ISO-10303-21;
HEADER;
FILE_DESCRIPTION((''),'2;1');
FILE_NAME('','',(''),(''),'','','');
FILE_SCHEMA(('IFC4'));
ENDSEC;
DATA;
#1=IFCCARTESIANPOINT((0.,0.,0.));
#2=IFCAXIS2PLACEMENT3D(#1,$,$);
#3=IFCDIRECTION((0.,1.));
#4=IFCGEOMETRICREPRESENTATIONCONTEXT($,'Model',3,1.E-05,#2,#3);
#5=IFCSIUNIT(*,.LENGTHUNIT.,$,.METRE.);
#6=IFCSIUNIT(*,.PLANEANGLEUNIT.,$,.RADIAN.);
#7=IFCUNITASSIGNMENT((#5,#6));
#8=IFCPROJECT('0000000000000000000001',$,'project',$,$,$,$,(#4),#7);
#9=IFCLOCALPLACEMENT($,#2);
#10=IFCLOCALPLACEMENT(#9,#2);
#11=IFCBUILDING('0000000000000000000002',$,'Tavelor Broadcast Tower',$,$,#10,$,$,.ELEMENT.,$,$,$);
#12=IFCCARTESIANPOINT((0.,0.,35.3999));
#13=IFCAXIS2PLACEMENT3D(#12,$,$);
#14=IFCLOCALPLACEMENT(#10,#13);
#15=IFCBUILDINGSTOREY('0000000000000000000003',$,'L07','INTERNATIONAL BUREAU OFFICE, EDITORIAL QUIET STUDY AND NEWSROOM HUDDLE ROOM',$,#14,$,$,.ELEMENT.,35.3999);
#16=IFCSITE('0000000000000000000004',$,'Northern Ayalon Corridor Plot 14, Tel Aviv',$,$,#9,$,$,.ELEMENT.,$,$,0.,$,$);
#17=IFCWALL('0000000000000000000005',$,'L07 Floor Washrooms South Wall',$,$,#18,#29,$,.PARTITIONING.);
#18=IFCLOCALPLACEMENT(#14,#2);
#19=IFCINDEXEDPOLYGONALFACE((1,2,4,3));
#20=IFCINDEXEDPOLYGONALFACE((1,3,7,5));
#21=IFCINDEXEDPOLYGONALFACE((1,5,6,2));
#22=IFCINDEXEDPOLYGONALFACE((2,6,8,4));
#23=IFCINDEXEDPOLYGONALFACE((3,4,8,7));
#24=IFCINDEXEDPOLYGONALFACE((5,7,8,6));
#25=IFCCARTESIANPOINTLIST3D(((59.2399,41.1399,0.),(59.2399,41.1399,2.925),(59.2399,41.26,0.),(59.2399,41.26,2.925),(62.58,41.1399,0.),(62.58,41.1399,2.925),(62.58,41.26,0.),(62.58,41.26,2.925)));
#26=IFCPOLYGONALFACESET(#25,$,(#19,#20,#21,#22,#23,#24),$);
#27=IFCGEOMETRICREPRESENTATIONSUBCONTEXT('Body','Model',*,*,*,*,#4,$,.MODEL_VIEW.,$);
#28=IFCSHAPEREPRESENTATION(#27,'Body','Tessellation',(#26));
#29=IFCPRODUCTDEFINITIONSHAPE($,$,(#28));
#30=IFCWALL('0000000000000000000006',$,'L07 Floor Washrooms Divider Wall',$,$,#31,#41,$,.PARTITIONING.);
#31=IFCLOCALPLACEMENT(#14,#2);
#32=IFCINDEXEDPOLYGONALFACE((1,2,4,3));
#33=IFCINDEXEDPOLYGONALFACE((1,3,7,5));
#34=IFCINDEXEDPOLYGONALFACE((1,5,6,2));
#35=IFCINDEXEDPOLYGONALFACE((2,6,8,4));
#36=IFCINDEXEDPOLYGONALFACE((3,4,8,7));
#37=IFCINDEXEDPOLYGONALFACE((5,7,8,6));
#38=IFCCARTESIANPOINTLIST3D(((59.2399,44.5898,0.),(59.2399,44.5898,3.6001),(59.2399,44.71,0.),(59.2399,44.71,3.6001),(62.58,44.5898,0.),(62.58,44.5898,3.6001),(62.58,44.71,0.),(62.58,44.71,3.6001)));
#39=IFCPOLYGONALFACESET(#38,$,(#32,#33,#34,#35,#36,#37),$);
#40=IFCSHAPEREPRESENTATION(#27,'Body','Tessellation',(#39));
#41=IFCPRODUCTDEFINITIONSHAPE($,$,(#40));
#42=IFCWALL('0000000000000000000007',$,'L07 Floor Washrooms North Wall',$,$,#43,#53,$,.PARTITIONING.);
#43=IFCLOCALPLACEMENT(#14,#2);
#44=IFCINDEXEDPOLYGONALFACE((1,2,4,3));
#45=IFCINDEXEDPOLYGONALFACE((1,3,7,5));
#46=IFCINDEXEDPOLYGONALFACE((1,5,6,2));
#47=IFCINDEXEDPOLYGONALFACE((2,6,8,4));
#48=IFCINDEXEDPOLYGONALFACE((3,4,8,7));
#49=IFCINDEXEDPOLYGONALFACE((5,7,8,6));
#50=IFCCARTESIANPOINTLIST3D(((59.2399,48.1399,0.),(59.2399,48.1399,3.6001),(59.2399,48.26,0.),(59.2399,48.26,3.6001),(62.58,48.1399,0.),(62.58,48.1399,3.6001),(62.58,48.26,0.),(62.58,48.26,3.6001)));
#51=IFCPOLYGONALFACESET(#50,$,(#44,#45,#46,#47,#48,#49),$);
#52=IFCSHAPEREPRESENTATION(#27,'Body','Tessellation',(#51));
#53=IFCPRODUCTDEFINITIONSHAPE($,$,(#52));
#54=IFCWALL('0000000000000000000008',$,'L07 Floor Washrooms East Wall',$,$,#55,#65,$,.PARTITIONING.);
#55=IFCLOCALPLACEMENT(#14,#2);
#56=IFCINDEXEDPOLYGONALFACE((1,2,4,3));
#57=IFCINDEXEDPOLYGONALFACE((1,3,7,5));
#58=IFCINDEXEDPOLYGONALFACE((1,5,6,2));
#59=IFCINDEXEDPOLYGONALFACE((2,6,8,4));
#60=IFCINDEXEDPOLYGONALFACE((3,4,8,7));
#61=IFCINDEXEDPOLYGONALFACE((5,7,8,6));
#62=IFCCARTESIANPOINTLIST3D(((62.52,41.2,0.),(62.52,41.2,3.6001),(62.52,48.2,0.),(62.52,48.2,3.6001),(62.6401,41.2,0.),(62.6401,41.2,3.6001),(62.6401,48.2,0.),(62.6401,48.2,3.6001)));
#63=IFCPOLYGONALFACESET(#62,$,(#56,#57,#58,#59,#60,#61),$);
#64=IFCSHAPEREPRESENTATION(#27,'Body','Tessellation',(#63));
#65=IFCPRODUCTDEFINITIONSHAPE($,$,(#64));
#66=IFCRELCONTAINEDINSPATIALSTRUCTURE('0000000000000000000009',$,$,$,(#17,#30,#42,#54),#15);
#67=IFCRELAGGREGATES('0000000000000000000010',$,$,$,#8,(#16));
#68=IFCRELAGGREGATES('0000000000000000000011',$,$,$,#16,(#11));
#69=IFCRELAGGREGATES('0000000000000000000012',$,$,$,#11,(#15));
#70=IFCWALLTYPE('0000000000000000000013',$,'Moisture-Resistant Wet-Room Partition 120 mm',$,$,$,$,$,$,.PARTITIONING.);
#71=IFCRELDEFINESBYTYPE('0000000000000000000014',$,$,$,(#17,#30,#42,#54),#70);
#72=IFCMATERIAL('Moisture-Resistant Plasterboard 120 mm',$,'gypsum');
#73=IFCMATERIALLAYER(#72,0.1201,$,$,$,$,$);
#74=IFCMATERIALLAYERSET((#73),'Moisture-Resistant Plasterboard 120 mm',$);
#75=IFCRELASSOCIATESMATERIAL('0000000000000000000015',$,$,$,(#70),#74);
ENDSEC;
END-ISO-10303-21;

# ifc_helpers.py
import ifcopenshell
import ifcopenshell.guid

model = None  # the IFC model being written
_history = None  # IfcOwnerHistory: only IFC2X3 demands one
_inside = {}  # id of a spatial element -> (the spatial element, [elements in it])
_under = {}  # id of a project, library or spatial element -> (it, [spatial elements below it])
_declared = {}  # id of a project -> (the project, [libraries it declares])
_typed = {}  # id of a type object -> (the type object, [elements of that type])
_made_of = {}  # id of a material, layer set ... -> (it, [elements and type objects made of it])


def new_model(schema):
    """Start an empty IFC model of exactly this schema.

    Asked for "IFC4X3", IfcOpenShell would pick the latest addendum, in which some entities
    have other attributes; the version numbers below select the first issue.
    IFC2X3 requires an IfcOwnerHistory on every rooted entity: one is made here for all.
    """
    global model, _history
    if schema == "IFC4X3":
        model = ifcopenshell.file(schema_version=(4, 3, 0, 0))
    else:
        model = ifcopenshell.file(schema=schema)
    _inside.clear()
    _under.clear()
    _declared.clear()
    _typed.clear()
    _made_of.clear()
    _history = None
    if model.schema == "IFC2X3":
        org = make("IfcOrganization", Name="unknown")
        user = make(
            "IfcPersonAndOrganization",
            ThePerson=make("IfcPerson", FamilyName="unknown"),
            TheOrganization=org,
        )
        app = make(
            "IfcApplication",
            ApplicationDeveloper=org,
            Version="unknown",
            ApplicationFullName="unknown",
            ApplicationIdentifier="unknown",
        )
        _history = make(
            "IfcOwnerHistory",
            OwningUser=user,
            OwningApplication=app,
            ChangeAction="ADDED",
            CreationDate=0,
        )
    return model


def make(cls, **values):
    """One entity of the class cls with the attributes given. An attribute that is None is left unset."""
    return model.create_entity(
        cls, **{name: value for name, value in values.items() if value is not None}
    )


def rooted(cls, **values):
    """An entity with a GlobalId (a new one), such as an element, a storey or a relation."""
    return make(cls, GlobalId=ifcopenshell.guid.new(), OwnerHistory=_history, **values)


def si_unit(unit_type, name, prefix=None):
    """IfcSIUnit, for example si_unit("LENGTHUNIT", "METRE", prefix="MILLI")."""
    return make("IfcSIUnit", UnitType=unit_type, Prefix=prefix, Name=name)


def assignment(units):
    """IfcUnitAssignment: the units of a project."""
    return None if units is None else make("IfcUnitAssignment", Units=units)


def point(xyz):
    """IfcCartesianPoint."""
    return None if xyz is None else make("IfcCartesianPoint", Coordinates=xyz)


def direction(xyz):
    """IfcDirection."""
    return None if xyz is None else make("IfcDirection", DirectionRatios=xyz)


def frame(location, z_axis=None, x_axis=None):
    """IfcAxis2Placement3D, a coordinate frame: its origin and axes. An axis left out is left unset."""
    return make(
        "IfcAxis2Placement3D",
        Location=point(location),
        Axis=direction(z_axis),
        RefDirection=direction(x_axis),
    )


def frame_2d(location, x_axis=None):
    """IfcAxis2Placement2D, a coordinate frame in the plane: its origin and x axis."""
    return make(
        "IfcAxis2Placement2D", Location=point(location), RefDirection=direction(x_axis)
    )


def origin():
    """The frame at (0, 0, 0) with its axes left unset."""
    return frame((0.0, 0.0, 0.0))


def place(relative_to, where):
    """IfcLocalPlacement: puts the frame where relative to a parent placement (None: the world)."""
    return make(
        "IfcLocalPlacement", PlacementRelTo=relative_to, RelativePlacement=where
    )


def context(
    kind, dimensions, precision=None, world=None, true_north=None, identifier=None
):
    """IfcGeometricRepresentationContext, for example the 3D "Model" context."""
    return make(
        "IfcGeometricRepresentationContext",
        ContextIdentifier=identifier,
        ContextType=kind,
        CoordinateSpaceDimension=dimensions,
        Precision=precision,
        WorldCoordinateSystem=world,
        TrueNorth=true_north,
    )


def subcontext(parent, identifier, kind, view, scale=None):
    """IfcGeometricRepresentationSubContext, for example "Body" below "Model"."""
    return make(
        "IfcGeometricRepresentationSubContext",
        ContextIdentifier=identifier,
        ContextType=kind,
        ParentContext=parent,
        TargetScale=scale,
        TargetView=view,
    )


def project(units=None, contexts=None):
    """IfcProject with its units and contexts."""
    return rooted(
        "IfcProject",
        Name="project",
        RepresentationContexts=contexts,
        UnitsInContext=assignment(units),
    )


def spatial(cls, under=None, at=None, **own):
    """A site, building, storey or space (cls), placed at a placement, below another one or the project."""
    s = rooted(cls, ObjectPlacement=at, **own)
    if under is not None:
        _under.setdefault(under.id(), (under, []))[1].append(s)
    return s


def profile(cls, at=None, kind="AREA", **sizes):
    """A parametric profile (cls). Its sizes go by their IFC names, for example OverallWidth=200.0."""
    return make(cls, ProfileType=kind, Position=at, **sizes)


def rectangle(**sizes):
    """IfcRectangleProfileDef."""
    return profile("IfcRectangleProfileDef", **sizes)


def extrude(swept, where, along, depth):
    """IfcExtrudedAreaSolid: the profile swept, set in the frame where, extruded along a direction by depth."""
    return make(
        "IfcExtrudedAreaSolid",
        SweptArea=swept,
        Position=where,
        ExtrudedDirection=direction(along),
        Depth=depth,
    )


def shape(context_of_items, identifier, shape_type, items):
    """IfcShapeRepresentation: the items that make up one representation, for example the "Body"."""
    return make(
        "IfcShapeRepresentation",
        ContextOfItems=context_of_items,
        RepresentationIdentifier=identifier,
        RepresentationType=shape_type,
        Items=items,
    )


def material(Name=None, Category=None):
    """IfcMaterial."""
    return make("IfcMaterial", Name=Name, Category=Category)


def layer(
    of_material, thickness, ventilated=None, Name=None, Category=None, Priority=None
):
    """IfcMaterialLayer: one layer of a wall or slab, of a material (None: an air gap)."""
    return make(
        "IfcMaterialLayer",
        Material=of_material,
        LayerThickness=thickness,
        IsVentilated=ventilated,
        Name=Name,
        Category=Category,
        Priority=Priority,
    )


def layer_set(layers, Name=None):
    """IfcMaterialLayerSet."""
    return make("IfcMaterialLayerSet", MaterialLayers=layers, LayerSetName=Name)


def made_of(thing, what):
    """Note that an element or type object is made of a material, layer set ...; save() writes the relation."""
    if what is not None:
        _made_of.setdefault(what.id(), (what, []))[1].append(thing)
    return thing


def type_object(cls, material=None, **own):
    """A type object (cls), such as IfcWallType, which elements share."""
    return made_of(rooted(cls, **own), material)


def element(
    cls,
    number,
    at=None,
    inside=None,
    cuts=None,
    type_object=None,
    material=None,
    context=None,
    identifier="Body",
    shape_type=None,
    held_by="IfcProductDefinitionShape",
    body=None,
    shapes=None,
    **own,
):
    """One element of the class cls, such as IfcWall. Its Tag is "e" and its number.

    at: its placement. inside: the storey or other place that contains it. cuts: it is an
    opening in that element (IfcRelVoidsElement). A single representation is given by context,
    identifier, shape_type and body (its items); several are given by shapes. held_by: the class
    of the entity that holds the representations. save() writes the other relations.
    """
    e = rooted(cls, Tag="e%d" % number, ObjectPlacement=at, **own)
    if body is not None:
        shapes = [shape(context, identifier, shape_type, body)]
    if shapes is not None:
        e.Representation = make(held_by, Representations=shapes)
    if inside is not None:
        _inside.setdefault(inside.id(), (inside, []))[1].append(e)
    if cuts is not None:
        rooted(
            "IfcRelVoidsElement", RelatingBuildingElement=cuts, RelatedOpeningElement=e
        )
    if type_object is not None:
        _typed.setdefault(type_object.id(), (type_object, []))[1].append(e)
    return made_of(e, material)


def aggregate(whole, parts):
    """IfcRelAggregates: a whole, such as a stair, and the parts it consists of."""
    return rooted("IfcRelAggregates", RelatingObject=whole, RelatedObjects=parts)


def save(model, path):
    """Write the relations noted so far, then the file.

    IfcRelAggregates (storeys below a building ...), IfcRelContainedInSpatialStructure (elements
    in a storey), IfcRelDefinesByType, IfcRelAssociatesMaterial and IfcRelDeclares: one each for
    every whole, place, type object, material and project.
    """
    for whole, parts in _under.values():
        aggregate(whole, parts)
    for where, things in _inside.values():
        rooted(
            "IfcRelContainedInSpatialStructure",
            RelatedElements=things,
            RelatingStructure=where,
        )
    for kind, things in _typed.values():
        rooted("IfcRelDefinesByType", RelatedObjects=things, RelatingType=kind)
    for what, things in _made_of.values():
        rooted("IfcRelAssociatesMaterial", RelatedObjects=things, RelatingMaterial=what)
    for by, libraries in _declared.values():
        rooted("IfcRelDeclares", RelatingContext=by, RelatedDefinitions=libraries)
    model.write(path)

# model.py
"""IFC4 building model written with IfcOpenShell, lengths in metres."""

from ifc_helpers import new_model, si_unit, direction, frame, frame_2d, origin, place, context, subcontext, project, spatial, rectangle, extrude, material, layer, layer_set, type_object, element, save


model = new_model("IFC4")

# Units and contexts
model_context = context("Model", 3, precision=1e-05, world=origin(), true_north=direction((0.0, 1.0)))
body_context = subcontext(model_context, "Body", "Model", "MODEL_VIEW")
ifc_project = project(units=[si_unit("LENGTHUNIT", "METRE"), si_unit("PLANEANGLEUNIT", "RADIAN")], contexts=[model_context])

# Site, building, storey
site_placement = place(None, origin())
site = spatial("IfcSite", under=ifc_project, at=site_placement, Name="Northern Ayalon Corridor Plot 14, Tel Aviv", CompositionType="ELEMENT", RefElevation=0.0)
building_placement = place(site_placement, origin())
building = spatial("IfcBuilding", under=site, at=building_placement, Name="Tavelor Broadcast Tower", CompositionType="ELEMENT")
storey_placement = place(building_placement, frame((0.0, 0.0, 35.3999)))
storey = spatial("IfcBuildingStorey", under=building, at=storey_placement, Name="L07", Description="INTERNATIONAL BUREAU OFFICE, EDITORIAL QUIET STUDY AND NEWSROOM HUDDLE ROOM", CompositionType="ELEMENT", Elevation=35.3999)

# Shared definitions
ifc_material_1 = material(Name="Moisture-Resistant Plasterboard 120 mm", Category="gypsum")
ifc_layer_1 = layer(ifc_material_1, 0.1201)
ifc_layer_set_1 = layer_set([ifc_layer_1], Name="Moisture-Resistant Plasterboard 120 mm")
wall_type_1 = type_object("IfcWallType", Name="Moisture-Resistant Wet-Room Partition 120 mm", PredefinedType="PARTITIONING", material=ifc_layer_set_1)

# Walls
wall_1_placement = place(storey_placement, frame((59.24, 41.2, 0.0), z_axis=(0.0, 0.0, 1.0), x_axis=(1.0, 0.0, 0.0)))
element("IfcWall", 1, at=wall_1_placement, inside=storey, type_object=wall_type_1, Name="L07 Floor Washrooms South Wall", PredefinedType="PARTITIONING", context=body_context, shape_type="SweptSolid", body=[
    extrude(rectangle(XDim=3.3401, YDim=0.1201, at=frame_2d((1.6699, 0.0))), origin(), (0.0, 0.0, 1.0), 2.925),
])
for number, where, z_axis, x_axis, name in (
    (2, (59.24, 44.6499, 0.0), (0.0, 0.0, 1.0), (1.0, 0.0, 0.0), "L07 Floor Washrooms Divider Wall"),
    (3, (59.24, 48.2, 0.0), (0.0, 0.0, 1.0), (1.0, 0.0, 0.0), "L07 Floor Washrooms North Wall"),
):
    element("IfcWall", number, at=place(storey_placement, frame(where, z_axis=z_axis, x_axis=x_axis)), inside=storey, type_object=wall_type_1, Name=name, PredefinedType="PARTITIONING", context=body_context, shape_type="SweptSolid", body=[
        extrude(rectangle(XDim=3.3401, YDim=0.1201, at=frame_2d((1.6699, 0.0))), origin(), (0.0, 0.0, 1.0), 3.6001),
    ])
wall_2_placement = place(storey_placement, frame((62.5801, 41.2, 0.0), z_axis=(0.0, 0.0, 1.0), x_axis=(0.0, 1.0, 0.0)))
element("IfcWall", 4, at=wall_2_placement, inside=storey, type_object=wall_type_1, Name="L07 Floor Washrooms East Wall", PredefinedType="PARTITIONING", context=body_context, shape_type="SweptSolid", body=[
    extrude(rectangle(XDim=7.0, YDim=0.1201, at=frame_2d((3.5, 0.0))), origin(), (0.0, 0.0, 1.0), 3.6001),
])

save(model, "model.ifc")
